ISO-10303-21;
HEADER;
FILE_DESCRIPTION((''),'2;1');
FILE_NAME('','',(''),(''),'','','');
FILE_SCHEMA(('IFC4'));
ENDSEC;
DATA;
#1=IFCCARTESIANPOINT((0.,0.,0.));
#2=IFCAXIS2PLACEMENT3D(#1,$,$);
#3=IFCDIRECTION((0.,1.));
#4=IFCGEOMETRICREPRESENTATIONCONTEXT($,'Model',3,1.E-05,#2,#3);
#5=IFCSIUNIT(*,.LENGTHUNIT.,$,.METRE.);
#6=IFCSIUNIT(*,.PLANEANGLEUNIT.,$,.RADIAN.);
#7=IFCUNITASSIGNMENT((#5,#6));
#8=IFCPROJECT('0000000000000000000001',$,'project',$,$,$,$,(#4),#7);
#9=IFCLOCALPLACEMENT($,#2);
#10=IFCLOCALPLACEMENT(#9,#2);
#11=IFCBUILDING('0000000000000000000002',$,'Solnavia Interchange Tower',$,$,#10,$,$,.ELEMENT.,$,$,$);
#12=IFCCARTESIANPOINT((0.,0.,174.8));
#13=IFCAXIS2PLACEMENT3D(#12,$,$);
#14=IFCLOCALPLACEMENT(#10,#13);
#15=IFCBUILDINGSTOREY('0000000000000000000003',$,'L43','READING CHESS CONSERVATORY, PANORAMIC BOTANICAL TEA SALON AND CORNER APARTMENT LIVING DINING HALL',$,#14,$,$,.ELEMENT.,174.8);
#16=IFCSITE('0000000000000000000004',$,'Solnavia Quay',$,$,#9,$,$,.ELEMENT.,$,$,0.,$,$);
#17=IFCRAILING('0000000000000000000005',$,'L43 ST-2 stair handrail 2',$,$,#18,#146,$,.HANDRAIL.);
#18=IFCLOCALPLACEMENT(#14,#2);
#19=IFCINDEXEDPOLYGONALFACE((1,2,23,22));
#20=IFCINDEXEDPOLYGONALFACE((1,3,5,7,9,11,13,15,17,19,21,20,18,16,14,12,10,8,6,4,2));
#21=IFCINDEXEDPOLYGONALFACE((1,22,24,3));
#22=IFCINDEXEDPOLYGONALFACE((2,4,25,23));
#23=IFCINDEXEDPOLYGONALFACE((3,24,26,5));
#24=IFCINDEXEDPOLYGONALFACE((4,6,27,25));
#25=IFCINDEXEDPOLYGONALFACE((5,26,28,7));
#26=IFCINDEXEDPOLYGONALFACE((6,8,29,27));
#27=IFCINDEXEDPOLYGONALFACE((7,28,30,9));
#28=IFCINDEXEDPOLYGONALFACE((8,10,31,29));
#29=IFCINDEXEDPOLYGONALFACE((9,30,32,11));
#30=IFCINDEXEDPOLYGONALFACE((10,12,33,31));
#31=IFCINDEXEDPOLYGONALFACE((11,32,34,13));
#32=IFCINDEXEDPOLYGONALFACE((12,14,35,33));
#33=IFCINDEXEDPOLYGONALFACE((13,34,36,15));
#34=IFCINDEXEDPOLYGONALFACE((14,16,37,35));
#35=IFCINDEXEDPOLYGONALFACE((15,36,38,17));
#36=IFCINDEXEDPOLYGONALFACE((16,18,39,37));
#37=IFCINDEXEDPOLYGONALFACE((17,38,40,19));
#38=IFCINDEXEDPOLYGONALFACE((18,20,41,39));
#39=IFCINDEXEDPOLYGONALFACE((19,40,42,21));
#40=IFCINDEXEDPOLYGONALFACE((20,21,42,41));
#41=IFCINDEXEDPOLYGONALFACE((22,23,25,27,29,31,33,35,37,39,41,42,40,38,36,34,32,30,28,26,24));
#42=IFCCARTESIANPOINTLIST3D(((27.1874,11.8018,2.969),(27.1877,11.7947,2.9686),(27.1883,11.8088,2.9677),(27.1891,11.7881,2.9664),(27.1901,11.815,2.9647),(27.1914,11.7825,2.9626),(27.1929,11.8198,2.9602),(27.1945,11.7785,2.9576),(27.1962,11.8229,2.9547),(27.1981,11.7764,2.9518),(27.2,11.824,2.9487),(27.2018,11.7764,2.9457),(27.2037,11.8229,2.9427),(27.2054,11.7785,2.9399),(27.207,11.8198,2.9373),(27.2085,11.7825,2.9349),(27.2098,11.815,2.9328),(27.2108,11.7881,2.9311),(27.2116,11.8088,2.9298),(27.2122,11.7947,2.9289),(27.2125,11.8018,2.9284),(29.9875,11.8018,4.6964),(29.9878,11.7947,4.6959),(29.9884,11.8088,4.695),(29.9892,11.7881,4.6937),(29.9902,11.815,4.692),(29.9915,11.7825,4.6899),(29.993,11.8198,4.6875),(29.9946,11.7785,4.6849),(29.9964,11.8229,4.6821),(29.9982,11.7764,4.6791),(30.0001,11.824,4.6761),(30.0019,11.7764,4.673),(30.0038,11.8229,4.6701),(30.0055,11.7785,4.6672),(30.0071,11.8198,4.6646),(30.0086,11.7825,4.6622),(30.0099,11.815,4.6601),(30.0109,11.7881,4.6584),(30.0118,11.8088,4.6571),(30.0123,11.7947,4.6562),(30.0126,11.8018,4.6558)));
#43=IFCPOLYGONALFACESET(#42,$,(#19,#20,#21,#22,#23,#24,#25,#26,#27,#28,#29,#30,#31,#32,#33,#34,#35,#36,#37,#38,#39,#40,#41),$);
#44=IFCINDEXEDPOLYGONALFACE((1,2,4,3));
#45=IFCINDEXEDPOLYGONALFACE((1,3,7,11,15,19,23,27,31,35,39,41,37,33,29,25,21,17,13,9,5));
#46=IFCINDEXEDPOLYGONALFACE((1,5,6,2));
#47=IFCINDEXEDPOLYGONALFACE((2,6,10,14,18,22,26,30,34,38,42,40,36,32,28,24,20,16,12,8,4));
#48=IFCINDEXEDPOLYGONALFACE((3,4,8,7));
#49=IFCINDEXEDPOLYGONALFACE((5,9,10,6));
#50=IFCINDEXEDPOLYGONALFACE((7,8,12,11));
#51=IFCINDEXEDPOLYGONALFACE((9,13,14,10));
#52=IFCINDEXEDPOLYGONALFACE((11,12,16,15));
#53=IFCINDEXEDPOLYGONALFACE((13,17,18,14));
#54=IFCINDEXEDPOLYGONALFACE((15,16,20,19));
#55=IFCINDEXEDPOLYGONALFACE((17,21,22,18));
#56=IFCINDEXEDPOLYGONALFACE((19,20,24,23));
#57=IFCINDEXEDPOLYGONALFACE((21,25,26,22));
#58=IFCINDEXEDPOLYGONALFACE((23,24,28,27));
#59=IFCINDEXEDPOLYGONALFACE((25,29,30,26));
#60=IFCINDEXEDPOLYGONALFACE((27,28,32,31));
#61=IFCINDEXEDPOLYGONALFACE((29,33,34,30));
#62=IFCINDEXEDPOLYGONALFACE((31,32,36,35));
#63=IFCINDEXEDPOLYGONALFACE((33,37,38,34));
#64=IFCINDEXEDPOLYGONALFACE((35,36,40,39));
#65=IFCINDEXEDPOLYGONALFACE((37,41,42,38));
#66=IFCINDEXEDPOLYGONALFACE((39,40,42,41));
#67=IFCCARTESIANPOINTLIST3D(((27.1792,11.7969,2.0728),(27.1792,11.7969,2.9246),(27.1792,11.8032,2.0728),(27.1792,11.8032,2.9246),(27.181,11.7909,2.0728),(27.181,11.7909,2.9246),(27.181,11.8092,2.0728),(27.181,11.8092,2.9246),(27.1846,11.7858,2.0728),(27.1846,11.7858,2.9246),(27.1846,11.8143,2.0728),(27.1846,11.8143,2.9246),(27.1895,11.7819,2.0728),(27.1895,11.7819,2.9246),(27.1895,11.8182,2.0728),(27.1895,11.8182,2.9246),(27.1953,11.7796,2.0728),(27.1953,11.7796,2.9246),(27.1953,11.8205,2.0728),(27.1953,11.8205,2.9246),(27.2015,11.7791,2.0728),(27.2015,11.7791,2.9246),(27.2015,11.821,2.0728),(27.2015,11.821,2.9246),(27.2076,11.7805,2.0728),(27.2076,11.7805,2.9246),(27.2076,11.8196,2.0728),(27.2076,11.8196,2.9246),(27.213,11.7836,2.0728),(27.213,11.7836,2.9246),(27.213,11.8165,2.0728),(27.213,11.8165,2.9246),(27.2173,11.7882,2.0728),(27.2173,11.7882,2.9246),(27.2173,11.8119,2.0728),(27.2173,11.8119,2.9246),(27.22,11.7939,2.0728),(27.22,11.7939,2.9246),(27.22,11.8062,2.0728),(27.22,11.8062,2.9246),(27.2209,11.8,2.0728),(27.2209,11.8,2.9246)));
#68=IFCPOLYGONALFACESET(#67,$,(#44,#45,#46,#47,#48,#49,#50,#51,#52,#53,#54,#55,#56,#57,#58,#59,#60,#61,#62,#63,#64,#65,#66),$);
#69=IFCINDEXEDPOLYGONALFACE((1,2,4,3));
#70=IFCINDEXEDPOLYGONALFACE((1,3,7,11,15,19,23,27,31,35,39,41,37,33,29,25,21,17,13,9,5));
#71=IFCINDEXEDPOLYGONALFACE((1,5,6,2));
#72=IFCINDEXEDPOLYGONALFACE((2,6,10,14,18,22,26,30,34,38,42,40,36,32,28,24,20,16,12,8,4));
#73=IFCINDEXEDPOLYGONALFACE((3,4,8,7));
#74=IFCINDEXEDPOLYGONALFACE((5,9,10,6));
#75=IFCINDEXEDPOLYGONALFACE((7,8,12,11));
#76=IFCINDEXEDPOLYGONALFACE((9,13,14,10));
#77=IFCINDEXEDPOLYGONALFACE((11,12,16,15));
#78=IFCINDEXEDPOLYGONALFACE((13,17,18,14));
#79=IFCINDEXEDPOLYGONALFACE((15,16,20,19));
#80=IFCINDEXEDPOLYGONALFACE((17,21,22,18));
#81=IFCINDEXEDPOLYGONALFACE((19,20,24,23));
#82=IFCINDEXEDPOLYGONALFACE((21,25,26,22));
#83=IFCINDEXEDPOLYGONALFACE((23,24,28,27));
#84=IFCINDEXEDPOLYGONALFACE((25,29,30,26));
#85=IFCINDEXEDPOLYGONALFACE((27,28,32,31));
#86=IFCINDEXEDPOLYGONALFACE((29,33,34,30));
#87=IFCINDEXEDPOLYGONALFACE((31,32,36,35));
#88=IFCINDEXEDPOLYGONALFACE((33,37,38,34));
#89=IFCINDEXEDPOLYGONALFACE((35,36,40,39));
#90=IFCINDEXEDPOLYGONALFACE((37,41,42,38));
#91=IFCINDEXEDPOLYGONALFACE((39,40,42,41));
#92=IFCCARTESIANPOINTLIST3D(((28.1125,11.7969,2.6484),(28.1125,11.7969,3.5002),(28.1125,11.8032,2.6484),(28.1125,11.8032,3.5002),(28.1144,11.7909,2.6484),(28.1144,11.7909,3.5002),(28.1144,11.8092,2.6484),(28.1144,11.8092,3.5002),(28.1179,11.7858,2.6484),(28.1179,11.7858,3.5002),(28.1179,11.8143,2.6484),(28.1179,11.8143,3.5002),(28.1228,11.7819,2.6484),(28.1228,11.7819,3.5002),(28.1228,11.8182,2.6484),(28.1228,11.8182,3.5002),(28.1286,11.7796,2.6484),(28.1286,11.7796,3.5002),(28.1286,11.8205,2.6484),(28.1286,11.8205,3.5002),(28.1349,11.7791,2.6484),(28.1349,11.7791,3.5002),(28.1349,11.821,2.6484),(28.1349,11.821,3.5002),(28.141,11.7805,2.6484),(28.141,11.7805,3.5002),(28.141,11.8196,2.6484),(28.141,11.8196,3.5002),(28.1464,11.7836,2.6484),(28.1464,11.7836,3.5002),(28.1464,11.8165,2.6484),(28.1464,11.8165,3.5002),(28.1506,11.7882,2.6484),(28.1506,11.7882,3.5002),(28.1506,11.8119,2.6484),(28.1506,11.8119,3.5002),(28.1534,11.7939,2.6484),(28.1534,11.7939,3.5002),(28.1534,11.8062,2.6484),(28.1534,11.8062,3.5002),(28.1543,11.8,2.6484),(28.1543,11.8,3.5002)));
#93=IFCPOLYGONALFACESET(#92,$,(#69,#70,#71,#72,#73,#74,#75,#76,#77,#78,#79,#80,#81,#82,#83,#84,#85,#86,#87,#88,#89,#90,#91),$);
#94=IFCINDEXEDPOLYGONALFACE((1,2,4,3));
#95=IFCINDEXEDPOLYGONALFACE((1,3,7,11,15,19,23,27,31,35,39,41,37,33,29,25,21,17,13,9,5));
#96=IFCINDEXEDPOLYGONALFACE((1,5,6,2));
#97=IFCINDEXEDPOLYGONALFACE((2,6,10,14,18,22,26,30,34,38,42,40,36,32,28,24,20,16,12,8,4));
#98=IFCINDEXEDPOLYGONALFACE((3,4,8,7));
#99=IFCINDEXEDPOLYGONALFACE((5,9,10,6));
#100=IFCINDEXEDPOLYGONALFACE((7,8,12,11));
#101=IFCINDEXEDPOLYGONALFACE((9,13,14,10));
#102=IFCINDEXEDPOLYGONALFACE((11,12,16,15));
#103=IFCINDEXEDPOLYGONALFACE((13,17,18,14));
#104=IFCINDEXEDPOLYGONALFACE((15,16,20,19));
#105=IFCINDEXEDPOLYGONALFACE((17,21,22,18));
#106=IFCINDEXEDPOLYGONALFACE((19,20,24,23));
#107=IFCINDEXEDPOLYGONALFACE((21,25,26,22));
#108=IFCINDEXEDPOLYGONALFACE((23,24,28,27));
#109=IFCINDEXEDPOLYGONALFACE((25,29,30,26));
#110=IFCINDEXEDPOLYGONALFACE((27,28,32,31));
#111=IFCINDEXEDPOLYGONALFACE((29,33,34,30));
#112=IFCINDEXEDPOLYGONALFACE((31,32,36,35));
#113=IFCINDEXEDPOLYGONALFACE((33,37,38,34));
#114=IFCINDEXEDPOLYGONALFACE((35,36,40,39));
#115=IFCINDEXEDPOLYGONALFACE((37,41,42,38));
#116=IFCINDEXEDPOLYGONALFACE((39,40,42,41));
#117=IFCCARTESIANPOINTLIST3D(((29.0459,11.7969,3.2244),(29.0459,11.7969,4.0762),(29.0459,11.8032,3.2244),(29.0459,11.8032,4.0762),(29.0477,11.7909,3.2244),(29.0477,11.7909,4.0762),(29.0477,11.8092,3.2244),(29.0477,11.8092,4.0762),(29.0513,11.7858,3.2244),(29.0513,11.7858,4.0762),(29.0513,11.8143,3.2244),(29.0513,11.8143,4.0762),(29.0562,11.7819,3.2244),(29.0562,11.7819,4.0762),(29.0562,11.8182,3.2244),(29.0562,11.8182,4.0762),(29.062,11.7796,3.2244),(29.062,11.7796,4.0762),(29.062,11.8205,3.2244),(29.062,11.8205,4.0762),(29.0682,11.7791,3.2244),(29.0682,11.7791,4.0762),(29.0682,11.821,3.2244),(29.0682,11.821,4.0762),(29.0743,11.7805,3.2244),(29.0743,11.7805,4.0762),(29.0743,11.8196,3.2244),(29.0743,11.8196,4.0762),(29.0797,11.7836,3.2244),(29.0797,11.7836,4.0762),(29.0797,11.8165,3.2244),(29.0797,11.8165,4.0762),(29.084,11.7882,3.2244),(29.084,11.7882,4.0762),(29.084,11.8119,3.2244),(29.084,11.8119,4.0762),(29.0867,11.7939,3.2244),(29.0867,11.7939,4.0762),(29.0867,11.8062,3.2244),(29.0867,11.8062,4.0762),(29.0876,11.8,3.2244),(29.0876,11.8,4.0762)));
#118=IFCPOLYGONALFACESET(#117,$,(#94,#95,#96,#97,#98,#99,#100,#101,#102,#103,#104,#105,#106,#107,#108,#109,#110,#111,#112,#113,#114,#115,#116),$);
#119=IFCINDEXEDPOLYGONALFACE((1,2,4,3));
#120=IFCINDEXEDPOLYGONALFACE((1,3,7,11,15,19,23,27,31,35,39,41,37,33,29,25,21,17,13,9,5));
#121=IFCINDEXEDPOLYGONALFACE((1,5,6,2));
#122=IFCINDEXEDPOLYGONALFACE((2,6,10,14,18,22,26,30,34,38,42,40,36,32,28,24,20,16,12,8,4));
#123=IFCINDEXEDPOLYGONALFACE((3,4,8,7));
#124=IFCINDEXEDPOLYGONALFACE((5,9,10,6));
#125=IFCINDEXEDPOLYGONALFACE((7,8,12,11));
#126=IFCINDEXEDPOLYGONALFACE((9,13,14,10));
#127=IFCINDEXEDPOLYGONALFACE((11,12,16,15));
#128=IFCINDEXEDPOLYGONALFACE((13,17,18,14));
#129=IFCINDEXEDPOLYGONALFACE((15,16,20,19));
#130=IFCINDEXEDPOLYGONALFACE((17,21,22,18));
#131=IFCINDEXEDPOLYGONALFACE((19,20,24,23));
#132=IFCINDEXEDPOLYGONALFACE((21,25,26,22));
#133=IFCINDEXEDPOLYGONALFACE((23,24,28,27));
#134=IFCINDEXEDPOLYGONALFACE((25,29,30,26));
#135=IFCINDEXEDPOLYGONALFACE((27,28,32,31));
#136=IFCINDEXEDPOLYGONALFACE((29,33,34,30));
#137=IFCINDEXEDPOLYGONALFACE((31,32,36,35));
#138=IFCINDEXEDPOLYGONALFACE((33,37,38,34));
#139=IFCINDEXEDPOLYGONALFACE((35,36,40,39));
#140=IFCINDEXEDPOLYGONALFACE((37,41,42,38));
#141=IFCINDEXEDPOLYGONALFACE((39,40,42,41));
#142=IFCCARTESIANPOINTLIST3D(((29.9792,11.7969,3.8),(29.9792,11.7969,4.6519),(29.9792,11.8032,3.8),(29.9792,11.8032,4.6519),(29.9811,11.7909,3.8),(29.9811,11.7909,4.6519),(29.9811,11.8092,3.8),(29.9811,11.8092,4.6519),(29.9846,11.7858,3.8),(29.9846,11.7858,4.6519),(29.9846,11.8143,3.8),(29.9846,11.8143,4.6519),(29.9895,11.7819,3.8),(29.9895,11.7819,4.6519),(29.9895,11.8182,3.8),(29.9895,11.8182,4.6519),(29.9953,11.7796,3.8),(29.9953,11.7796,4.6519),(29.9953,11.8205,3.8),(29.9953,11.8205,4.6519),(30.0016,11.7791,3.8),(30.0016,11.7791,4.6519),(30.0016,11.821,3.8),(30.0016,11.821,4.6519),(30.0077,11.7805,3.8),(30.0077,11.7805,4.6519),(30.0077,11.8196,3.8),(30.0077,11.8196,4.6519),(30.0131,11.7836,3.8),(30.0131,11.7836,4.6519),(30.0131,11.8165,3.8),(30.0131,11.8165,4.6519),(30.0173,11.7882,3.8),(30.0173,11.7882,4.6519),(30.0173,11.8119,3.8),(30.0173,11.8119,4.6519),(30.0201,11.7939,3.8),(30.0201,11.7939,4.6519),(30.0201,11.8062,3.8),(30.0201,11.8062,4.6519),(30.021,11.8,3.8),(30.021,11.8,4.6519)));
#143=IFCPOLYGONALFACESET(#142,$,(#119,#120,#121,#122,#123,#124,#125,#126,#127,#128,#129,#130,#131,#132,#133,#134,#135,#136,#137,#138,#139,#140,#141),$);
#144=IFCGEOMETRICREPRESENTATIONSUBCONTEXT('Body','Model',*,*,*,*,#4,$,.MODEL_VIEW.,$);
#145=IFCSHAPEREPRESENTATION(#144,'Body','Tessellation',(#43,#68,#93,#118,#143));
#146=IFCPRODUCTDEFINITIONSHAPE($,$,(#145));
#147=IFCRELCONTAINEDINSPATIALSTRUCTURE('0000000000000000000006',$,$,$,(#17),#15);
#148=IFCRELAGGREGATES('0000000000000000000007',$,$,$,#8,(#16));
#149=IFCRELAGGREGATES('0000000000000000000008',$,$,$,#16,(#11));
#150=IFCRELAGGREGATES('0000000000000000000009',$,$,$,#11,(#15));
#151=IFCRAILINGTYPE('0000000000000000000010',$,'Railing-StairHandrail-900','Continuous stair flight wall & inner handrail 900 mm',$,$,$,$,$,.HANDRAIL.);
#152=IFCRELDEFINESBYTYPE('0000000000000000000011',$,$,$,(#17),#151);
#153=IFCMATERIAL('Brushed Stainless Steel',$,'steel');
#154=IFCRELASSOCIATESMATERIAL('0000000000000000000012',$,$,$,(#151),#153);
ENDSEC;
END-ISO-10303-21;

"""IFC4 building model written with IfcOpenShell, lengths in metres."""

from ifc_helpers import new_model, si_unit, direction, frame, origin, origin_2d, place, context, subcontext, project, spatial, circle, extrude, material, type_object, element, save


model = new_model("IFC4")

# Units and contexts
model_context = context("Model", 3, precision=1e-05, world=origin(), true_north=direction((0.0, 1.0)))
body_context = subcontext(model_context, "Body", "Model", "MODEL_VIEW")
ifc_project = project(units=[si_unit("LENGTHUNIT", "METRE"), si_unit("PLANEANGLEUNIT", "RADIAN")], contexts=[model_context])

# Site, building, storey
site_placement = place(None, origin())
site = spatial("IfcSite", under=ifc_project, at=site_placement, Name="Solnavia Quay", CompositionType="ELEMENT", RefElevation=0.0)
building_placement = place(site_placement, origin())
building = spatial("IfcBuilding", under=site, at=building_placement, Name="Solnavia Interchange Tower", CompositionType="ELEMENT")
storey_placement = place(building_placement, frame((0.0, 0.0, 174.8)))
storey = spatial("IfcBuildingStorey", under=building, at=storey_placement, Name="L43", Description="READING CHESS CONSERVATORY, PANORAMIC BOTANICAL TEA SALON AND CORNER APARTMENT LIVING DINING HALL", CompositionType="ELEMENT", Elevation=174.8)

# Railing
ifc_material_1 = material(Name="Brushed Stainless Steel", Category="steel")
railing_type_1 = type_object("IfcRailingType", Name="Railing-StairHandrail-900", Description="Continuous stair flight wall & inner handrail 900 mm", PredefinedType="HANDRAIL", material=ifc_material_1)
railing_1_placement = place(storey_placement, frame((27.2, 11.8, 2.0728)))
element("IfcRailing", 1, at=railing_1_placement, inside=storey, type_object=railing_type_1, Name="L43 ST-2 stair handrail 2", PredefinedType="HANDRAIL", context=body_context, shape_type="SweptSolid", body=[
    extrude(circle(Radius=0.0239, at=origin_2d()), frame((0.0, 0.0, 0.876), z_axis=(0.85109, 0.0, 0.52502), x_axis=(0.0, 1.0, 0.0)), (0.0, 0.0, 1.0), 3.29),
    extrude(circle(Radius=0.021, at=origin_2d()), origin(), (0.0, 0.0, 1.0), 0.8518),
    extrude(circle(Radius=0.021, at=origin_2d()), frame((0.9333, 0.0, 0.5757)), (0.0, 0.0, 1.0), 0.8518),
    extrude(circle(Radius=0.021, at=origin_2d()), frame((1.8667, 0.0, 1.1516)), (0.0, 0.0, 1.0), 0.8518),
    extrude(circle(Radius=0.021, at=origin_2d()), frame((2.8, 0.0, 1.7273)), (0.0, 0.0, 1.0), 0.8518),
])

save(model, "model.ifc")
